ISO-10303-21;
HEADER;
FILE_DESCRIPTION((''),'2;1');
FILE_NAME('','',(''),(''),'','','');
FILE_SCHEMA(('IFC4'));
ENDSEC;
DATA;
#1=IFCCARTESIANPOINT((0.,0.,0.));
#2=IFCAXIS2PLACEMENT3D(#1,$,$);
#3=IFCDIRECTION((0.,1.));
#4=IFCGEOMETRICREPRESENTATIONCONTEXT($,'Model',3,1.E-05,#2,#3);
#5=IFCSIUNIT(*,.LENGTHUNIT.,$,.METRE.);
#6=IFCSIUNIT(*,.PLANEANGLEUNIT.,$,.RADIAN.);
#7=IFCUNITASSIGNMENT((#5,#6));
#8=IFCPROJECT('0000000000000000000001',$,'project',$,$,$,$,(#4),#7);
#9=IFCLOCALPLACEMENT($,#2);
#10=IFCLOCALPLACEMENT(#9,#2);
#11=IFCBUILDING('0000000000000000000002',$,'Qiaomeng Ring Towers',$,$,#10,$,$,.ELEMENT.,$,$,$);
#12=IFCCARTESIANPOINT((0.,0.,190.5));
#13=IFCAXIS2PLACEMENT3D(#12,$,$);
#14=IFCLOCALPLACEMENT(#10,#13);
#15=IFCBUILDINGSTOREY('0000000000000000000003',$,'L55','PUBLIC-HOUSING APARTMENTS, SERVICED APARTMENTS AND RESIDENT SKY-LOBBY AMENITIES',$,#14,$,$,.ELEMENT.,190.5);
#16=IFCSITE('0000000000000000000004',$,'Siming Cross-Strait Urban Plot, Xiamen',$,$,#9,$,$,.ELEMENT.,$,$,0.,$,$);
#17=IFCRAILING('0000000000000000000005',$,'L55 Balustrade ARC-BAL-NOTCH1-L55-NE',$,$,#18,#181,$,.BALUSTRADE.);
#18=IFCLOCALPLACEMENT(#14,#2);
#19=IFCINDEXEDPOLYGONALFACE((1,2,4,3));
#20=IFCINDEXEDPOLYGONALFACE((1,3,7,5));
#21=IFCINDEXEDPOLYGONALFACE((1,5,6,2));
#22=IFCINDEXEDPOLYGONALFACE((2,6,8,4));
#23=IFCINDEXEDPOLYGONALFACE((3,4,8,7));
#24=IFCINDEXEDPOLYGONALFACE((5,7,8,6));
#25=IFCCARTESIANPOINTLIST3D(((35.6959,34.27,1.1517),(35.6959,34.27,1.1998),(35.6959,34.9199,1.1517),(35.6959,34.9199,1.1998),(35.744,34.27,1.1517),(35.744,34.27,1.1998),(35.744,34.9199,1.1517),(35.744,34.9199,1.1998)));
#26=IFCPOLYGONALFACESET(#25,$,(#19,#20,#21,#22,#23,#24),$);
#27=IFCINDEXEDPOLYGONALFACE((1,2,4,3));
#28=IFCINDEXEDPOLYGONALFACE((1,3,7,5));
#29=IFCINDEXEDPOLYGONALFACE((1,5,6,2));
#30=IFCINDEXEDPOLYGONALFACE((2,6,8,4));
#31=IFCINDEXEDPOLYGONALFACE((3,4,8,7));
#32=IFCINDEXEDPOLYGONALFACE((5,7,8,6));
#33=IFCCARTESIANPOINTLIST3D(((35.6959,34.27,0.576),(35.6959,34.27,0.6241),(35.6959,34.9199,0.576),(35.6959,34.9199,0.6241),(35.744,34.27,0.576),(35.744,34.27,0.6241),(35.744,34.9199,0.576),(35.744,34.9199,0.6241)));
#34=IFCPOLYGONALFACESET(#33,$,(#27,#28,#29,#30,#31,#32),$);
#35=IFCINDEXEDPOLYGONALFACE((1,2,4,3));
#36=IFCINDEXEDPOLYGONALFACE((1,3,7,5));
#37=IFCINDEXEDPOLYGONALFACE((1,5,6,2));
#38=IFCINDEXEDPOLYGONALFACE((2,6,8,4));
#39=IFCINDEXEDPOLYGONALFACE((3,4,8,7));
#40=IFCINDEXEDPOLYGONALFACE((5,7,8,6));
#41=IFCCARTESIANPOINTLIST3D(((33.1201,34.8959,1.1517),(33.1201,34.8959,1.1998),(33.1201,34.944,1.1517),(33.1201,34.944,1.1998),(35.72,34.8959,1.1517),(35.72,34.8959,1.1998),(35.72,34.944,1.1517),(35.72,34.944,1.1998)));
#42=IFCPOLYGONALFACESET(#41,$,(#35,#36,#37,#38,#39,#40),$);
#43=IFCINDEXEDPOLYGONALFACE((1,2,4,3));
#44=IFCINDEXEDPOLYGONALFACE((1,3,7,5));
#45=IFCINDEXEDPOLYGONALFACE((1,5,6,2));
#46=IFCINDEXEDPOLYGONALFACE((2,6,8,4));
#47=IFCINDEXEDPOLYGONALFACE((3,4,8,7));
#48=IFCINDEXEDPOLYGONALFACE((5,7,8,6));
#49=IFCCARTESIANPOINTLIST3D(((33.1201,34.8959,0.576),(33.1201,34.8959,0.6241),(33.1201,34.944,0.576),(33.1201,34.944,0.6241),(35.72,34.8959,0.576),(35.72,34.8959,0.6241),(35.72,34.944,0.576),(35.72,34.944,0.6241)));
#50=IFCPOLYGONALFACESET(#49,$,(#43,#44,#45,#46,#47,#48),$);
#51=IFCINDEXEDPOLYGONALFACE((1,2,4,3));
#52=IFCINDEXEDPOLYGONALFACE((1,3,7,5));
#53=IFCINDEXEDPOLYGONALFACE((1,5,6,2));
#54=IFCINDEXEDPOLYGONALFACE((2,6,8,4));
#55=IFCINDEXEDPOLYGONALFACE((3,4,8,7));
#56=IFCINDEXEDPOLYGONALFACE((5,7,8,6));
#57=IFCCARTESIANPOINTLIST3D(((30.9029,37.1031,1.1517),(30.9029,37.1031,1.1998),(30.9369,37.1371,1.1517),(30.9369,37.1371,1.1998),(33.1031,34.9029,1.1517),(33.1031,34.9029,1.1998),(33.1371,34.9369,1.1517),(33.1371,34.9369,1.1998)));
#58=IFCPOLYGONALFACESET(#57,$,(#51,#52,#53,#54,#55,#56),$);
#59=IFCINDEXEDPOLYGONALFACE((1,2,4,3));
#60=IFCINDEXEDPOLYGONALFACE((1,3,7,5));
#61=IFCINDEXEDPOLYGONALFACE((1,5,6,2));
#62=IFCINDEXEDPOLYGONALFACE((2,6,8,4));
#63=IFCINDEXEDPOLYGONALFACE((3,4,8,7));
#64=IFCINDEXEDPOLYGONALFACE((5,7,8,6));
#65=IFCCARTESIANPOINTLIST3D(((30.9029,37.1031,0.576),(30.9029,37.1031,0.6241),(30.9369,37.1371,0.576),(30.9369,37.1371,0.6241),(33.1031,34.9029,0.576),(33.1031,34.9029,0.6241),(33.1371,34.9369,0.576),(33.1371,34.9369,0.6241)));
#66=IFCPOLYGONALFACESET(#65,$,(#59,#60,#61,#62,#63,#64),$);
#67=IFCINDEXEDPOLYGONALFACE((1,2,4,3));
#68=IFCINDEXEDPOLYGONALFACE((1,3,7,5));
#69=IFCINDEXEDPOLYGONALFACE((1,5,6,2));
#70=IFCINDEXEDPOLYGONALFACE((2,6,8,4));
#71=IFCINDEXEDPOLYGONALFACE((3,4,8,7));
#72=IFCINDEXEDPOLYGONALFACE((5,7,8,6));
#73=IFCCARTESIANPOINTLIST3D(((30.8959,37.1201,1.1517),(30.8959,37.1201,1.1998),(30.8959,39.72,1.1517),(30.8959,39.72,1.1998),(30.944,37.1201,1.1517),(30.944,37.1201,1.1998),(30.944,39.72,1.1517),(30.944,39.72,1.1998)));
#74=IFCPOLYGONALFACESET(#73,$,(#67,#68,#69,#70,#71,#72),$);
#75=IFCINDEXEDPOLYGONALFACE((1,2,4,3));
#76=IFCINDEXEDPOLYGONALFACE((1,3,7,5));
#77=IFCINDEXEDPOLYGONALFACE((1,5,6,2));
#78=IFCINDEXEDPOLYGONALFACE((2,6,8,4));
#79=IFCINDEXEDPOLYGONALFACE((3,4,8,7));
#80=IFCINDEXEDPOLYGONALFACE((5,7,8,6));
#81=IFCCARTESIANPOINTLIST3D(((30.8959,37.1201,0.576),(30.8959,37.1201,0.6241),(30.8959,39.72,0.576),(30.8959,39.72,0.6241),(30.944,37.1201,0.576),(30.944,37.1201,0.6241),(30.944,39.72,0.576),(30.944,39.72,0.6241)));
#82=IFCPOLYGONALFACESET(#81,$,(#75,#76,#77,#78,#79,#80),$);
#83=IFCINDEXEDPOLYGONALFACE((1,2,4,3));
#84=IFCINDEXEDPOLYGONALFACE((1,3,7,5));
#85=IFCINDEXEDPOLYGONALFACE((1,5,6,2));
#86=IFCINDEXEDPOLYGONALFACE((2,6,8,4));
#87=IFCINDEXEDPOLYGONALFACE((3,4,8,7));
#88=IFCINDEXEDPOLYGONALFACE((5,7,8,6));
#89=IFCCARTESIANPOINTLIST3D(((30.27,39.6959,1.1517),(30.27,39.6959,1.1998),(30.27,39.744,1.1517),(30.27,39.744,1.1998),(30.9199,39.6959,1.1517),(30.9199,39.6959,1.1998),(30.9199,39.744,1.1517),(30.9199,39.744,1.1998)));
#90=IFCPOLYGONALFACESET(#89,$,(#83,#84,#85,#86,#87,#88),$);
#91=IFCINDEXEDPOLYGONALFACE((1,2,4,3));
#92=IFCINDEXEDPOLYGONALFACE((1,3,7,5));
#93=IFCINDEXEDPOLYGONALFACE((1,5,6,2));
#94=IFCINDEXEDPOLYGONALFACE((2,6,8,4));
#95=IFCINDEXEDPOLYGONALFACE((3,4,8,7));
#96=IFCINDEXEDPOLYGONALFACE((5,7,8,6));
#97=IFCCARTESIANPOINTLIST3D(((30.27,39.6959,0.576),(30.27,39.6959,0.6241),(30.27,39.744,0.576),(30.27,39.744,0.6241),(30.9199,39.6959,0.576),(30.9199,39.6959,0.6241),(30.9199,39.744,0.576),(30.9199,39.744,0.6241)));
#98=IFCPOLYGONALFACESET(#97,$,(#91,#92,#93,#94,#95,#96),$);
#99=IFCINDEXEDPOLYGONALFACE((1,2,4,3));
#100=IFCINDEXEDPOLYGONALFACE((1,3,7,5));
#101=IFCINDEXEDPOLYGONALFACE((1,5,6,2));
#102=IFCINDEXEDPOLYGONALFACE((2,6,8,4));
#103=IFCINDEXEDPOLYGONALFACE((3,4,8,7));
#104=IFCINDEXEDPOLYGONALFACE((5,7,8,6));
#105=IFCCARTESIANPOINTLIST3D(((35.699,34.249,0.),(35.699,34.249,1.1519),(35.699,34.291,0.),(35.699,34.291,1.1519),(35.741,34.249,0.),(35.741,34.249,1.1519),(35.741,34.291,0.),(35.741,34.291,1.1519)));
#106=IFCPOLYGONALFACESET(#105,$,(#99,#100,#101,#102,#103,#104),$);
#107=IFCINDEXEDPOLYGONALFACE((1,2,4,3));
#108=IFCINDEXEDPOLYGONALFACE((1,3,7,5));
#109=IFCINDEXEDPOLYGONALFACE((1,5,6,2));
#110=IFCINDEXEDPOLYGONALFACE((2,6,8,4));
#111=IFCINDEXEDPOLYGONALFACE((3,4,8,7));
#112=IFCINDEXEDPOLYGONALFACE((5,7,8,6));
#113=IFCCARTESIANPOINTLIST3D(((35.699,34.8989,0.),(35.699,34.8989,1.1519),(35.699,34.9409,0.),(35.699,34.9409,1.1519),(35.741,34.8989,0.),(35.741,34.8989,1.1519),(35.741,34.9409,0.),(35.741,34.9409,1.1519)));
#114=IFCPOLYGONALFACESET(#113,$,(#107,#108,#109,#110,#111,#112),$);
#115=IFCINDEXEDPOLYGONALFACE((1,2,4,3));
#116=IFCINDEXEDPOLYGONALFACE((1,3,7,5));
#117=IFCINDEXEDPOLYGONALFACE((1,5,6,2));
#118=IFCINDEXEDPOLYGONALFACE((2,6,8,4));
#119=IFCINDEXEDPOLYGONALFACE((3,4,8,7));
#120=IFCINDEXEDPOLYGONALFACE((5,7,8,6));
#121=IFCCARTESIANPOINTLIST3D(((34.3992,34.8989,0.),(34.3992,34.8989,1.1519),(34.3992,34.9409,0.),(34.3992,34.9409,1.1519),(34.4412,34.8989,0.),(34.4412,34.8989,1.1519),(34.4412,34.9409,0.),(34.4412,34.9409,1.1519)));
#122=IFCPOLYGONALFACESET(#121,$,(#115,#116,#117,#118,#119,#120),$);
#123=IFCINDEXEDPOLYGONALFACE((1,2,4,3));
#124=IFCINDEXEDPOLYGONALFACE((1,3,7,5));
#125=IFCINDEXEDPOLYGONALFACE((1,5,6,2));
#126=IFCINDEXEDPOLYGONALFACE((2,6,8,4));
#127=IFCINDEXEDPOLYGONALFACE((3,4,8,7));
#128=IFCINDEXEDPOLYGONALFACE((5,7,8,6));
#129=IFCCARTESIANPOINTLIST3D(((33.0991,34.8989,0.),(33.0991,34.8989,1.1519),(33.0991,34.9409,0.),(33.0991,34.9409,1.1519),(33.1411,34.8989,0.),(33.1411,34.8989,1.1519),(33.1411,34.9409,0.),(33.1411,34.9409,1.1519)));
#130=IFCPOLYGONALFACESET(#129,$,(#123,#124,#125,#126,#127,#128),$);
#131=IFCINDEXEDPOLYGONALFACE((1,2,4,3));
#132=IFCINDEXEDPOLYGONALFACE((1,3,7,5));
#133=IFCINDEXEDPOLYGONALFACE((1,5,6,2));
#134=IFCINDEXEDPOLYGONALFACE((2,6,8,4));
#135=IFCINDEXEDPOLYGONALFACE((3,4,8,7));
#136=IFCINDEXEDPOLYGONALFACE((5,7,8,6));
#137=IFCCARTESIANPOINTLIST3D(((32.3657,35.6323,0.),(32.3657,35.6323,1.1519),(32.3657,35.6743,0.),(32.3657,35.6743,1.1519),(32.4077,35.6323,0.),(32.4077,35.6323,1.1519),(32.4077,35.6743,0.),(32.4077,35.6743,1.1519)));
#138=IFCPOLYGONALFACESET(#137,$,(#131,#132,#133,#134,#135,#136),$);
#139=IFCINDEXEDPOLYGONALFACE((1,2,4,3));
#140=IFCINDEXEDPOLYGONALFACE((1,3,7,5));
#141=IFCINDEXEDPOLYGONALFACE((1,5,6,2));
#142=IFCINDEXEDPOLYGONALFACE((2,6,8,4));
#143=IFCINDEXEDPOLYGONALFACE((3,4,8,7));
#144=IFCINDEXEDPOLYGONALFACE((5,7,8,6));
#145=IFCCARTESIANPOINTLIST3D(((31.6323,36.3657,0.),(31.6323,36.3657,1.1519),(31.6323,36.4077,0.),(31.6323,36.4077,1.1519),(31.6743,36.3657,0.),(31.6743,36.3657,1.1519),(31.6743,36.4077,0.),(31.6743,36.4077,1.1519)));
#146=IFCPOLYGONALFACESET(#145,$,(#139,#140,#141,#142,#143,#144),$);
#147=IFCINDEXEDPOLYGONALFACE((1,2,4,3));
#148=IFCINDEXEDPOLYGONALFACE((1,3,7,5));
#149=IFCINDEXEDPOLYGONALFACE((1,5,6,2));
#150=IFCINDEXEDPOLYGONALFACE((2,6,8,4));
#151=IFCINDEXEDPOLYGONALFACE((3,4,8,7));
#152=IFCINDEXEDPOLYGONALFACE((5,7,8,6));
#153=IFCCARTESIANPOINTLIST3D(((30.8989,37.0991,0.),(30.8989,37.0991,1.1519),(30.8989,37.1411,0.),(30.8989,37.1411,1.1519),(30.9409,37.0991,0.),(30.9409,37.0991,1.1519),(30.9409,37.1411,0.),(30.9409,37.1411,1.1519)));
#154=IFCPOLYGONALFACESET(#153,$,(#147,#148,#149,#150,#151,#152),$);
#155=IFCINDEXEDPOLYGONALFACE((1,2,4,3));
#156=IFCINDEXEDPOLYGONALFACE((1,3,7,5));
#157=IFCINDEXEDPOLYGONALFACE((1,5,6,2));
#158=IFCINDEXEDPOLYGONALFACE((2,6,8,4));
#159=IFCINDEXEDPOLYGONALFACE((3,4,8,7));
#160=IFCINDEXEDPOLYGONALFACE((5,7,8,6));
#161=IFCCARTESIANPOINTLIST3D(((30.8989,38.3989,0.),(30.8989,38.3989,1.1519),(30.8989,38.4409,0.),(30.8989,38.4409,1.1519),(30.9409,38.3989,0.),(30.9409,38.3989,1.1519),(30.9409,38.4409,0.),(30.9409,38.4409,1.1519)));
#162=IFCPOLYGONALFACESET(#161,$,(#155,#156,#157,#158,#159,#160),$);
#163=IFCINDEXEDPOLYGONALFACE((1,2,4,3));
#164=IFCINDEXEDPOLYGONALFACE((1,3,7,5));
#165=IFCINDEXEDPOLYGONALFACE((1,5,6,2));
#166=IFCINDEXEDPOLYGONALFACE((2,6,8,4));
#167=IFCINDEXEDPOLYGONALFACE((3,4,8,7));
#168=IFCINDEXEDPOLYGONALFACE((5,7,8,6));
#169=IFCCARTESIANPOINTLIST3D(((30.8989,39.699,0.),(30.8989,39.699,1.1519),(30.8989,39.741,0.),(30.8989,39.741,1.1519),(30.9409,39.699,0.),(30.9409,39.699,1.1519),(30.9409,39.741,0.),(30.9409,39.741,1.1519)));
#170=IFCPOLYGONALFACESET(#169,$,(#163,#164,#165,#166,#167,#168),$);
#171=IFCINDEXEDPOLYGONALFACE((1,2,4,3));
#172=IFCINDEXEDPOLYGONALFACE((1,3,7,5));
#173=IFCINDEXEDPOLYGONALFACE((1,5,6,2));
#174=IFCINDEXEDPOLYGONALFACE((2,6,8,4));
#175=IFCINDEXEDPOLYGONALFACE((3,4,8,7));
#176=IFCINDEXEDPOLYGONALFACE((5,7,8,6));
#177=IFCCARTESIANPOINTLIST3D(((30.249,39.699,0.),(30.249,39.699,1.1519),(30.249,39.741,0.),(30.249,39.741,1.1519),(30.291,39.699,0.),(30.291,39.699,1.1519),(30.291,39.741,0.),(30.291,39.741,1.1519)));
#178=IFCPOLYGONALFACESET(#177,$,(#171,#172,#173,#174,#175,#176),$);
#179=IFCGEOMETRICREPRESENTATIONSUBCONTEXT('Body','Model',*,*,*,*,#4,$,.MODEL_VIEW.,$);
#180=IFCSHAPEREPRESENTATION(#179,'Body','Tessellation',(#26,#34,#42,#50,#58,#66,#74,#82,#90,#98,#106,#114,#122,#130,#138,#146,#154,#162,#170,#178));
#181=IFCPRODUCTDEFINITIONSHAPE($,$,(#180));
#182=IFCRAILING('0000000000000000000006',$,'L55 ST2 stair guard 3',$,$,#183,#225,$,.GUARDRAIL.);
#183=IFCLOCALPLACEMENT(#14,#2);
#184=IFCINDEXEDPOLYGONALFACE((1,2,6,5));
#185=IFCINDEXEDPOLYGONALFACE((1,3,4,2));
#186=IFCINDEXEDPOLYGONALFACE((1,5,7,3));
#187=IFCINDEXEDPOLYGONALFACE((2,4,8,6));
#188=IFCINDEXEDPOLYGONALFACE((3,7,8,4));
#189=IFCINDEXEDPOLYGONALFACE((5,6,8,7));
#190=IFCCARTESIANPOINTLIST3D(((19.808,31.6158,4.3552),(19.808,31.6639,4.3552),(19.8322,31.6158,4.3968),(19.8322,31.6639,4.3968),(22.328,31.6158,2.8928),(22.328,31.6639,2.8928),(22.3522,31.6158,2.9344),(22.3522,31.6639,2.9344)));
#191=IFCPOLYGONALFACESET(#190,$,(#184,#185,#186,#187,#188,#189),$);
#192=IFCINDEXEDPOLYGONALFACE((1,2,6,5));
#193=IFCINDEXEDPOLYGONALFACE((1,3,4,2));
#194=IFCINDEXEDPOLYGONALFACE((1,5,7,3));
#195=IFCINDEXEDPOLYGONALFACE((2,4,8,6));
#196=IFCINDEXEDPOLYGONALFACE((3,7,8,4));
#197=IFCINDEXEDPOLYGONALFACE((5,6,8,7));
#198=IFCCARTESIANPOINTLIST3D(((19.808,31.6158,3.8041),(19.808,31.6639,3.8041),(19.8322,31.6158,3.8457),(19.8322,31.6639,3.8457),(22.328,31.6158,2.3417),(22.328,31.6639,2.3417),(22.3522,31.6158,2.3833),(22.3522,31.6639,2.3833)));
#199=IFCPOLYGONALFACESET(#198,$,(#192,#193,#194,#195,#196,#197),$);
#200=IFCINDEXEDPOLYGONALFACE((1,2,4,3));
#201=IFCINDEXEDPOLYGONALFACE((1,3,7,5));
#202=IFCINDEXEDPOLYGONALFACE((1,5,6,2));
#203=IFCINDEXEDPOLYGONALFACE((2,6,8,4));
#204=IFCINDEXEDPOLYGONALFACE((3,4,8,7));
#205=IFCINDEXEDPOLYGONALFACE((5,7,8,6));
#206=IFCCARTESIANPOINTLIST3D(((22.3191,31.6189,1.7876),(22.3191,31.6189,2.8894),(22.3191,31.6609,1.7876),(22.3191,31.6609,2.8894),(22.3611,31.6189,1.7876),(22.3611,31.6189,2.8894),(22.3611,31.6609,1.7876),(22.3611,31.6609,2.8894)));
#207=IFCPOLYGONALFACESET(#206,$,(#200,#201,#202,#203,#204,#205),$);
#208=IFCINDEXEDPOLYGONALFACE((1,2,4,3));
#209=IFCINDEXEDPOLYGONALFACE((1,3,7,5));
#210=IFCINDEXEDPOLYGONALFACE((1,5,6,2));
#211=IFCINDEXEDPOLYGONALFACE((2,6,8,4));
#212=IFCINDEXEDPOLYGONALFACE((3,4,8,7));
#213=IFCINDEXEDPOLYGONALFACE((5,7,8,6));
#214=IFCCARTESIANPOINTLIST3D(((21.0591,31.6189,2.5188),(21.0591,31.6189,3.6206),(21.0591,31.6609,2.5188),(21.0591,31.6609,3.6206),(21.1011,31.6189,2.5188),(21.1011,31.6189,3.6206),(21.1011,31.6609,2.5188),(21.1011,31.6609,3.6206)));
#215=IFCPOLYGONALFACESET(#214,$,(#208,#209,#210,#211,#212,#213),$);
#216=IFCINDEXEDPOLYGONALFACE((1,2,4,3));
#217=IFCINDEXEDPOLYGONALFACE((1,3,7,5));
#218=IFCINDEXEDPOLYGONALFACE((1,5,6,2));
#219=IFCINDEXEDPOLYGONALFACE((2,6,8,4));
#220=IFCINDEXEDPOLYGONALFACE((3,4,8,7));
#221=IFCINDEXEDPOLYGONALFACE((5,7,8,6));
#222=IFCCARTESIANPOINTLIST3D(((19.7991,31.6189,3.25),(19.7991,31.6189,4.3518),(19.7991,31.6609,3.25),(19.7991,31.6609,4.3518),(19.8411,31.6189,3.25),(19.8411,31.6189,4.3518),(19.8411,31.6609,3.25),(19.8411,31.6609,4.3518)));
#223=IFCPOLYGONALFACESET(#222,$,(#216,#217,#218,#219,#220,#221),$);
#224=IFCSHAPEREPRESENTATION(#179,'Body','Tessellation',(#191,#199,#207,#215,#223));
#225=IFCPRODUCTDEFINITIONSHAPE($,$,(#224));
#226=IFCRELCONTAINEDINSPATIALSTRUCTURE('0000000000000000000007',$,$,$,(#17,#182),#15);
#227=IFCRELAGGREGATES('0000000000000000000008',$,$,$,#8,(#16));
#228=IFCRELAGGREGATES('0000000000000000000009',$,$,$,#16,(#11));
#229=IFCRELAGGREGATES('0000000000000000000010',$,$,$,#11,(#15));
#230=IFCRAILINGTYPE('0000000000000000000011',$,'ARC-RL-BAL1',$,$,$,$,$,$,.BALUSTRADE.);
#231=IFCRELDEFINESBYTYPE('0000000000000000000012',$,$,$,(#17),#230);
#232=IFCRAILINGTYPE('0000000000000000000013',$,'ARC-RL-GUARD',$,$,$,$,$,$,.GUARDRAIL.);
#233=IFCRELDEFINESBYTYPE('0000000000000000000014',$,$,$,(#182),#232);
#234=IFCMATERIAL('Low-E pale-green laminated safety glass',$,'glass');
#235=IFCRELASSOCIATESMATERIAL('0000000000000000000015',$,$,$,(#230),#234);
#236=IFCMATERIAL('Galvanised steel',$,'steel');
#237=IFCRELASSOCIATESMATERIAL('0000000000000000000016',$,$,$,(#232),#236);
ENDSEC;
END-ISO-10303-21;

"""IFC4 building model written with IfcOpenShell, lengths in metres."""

from ifc_helpers import new_model, si_unit, direction, frame, origin, origin_2d, place, context, subcontext, project, spatial, rectangle, extrude, material, type_object, element, save


model = new_model("IFC4")

# Units and contexts
model_context = context("Model", 3, precision=1e-05, world=origin(), true_north=direction((0.0, 1.0)))
body_context = subcontext(model_context, "Body", "Model", "MODEL_VIEW")
ifc_project = project(units=[si_unit("LENGTHUNIT", "METRE"), si_unit("PLANEANGLEUNIT", "RADIAN")], contexts=[model_context])

# Site, building, storey
site_placement = place(None, origin())
site = spatial("IfcSite", under=ifc_project, at=site_placement, Name="Siming Cross-Strait Urban Plot, Xiamen", CompositionType="ELEMENT", RefElevation=0.0)
building_placement = place(site_placement, origin())
building = spatial("IfcBuilding", under=site, at=building_placement, Name="Qiaomeng Ring Towers", CompositionType="ELEMENT")
storey_placement = place(building_placement, frame((0.0, 0.0, 190.5)))
storey = spatial("IfcBuildingStorey", under=building, at=storey_placement, Name="L55", Description="PUBLIC-HOUSING APARTMENTS, SERVICED APARTMENTS AND RESIDENT SKY-LOBBY AMENITIES", CompositionType="ELEMENT", Elevation=190.5)

# Shared definitions
ifc_material_1 = material(Name="Galvanised steel", Category="steel")

# Railings
ifc_material_2 = material(Name="Low-E pale-green laminated safety glass", Category="glass")
railing_type_1 = type_object("IfcRailingType", Name="ARC-RL-BAL1", PredefinedType="BALUSTRADE", material=ifc_material_2)
railing_1_placement = place(storey_placement, frame((35.72, 34.27, 0.0)))
element("IfcRailing", 1, at=railing_1_placement, inside=storey, type_object=railing_type_1, Name="L55 Balustrade ARC-BAL-NOTCH1-L55-NE", PredefinedType="BALUSTRADE", context=body_context, shape_type="SweptSolid", body=[
    extrude(rectangle(XDim=0.0481, YDim=0.0481, at=origin_2d()), frame((0.0, 0.0, 1.1758), z_axis=(0.0, 1.0, 0.0), x_axis=(-1.0, 0.0, 0.0)), (0.0, 0.0, 1.0), 0.6499),
    extrude(rectangle(XDim=0.0481, YDim=0.0481, at=origin_2d()), frame((0.0, 0.0, 0.6001), z_axis=(0.0, 1.0, 0.0), x_axis=(-1.0, 0.0, 0.0)), (0.0, 0.0, 1.0), 0.6499),
    extrude(rectangle(XDim=0.0481, YDim=0.0481, at=origin_2d()), frame((0.0, 0.6499, 1.1758), z_axis=(-1.0, 0.0, 0.0), x_axis=(0.0, -1.0, 0.0)), (0.0, 0.0, 1.0), 2.5999),
    extrude(rectangle(XDim=0.0481, YDim=0.0481, at=origin_2d()), frame((0.0, 0.6499, 0.6001), z_axis=(-1.0, 0.0, 0.0), x_axis=(0.0, -1.0, 0.0)), (0.0, 0.0, 1.0), 2.5999),
    extrude(rectangle(XDim=0.0481, YDim=0.0481, at=origin_2d()), frame((-2.5999, 0.6499, 1.1758), z_axis=(-0.707107, 0.707107, 0.0), x_axis=(-0.707107, -0.707107, 0.0)), (0.0, 0.0, 1.0), 3.1116),
    extrude(rectangle(XDim=0.0481, YDim=0.0481, at=origin_2d()), frame((-2.5999, 0.6499, 0.6001), z_axis=(-0.707107, 0.707107, 0.0), x_axis=(-0.707107, -0.707107, 0.0)), (0.0, 0.0, 1.0), 3.1116),
    extrude(rectangle(XDim=0.0481, YDim=0.0481, at=origin_2d()), frame((-4.8, 2.8501, 1.1758), z_axis=(0.0, 1.0, 0.0), x_axis=(-1.0, 0.0, 0.0)), (0.0, 0.0, 1.0), 2.5999),
    extrude(rectangle(XDim=0.0481, YDim=0.0481, at=origin_2d()), frame((-4.8, 2.8501, 0.6001), z_axis=(0.0, 1.0, 0.0), x_axis=(-1.0, 0.0, 0.0)), (0.0, 0.0, 1.0), 2.5999),
    extrude(rectangle(XDim=0.0481, YDim=0.0481, at=origin_2d()), frame((-4.8, 5.45, 1.1758), z_axis=(-1.0, 0.0, 0.0), x_axis=(0.0, -1.0, 0.0)), (0.0, 0.0, 1.0), 0.6499),
    extrude(rectangle(XDim=0.0481, YDim=0.0481, at=origin_2d()), frame((-4.8, 5.45, 0.6001), z_axis=(-1.0, 0.0, 0.0), x_axis=(0.0, -1.0, 0.0)), (0.0, 0.0, 1.0), 0.6499),
    extrude(rectangle(XDim=0.042, YDim=0.042, at=origin_2d()), origin(), (0.0, 0.0, 1.0), 1.1519),
    extrude(rectangle(XDim=0.042, YDim=0.042, at=origin_2d()), frame((0.0, 0.6499, 0.0)), (0.0, 0.0, 1.0), 1.1519),
    extrude(rectangle(XDim=0.042, YDim=0.042, at=origin_2d()), frame((-1.2998, 0.6499, 0.0)), (0.0, 0.0, 1.0), 1.1519),
    extrude(rectangle(XDim=0.042, YDim=0.042, at=origin_2d()), frame((-2.5999, 0.6499, 0.0)), (0.0, 0.0, 1.0), 1.1519),
    extrude(rectangle(XDim=0.042, YDim=0.042, at=origin_2d()), frame((-3.3333, 1.3833, 0.0)), (0.0, 0.0, 1.0), 1.1519),
    extrude(rectangle(XDim=0.042, YDim=0.042, at=origin_2d()), frame((-4.0667, 2.1167, 0.0)), (0.0, 0.0, 1.0), 1.1519),
    extrude(rectangle(XDim=0.042, YDim=0.042, at=origin_2d()), frame((-4.8, 2.8501, 0.0)), (0.0, 0.0, 1.0), 1.1519),
    extrude(rectangle(XDim=0.042, YDim=0.042, at=origin_2d()), frame((-4.8, 4.1499, 0.0)), (0.0, 0.0, 1.0), 1.1519),
    extrude(rectangle(XDim=0.042, YDim=0.042, at=origin_2d()), frame((-4.8, 5.45, 0.0)), (0.0, 0.0, 1.0), 1.1519),
    extrude(rectangle(XDim=0.042, YDim=0.042, at=origin_2d()), frame((-5.45, 5.45, 0.0)), (0.0, 0.0, 1.0), 1.1519),
])
railing_type_2 = type_object("IfcRailingType", Name="ARC-RL-GUARD", PredefinedType="GUARDRAIL", material=ifc_material_1)
railing_2_placement = place(storey_placement, frame((22.3401, 31.6399, 1.7876)))
element("IfcRailing", 2, at=railing_2_placement, inside=storey, type_object=railing_type_2, Name="L55 ST2 stair guard 3", PredefinedType="GUARDRAIL", context=body_context, shape_type="SweptSolid", body=[
    extrude(rectangle(XDim=0.0481, YDim=0.0481, at=origin_2d()), frame((0.0, 0.0, 1.126), z_axis=(-0.864913, 0.0, 0.501921), x_axis=(0.0, -1.0, 0.0)), (0.0, 0.0, 1.0), 2.9136),
    extrude(rectangle(XDim=0.0481, YDim=0.0481, at=origin_2d()), frame((0.0, 0.0, 0.575), z_axis=(-0.864913, 0.0, 0.501921), x_axis=(0.0, -1.0, 0.0)), (0.0, 0.0, 1.0), 2.9136),
    extrude(rectangle(XDim=0.042, YDim=0.042, at=origin_2d()), origin(), (0.0, 0.0, 1.0), 1.1018),
    extrude(rectangle(XDim=0.042, YDim=0.042, at=origin_2d()), frame((-1.26, 0.0, 0.7312)), (0.0, 0.0, 1.0), 1.1018),
    extrude(rectangle(XDim=0.042, YDim=0.042, at=origin_2d()), frame((-2.52, 0.0, 1.4624)), (0.0, 0.0, 1.0), 1.1018),
])

save(model, "model.ifc")
